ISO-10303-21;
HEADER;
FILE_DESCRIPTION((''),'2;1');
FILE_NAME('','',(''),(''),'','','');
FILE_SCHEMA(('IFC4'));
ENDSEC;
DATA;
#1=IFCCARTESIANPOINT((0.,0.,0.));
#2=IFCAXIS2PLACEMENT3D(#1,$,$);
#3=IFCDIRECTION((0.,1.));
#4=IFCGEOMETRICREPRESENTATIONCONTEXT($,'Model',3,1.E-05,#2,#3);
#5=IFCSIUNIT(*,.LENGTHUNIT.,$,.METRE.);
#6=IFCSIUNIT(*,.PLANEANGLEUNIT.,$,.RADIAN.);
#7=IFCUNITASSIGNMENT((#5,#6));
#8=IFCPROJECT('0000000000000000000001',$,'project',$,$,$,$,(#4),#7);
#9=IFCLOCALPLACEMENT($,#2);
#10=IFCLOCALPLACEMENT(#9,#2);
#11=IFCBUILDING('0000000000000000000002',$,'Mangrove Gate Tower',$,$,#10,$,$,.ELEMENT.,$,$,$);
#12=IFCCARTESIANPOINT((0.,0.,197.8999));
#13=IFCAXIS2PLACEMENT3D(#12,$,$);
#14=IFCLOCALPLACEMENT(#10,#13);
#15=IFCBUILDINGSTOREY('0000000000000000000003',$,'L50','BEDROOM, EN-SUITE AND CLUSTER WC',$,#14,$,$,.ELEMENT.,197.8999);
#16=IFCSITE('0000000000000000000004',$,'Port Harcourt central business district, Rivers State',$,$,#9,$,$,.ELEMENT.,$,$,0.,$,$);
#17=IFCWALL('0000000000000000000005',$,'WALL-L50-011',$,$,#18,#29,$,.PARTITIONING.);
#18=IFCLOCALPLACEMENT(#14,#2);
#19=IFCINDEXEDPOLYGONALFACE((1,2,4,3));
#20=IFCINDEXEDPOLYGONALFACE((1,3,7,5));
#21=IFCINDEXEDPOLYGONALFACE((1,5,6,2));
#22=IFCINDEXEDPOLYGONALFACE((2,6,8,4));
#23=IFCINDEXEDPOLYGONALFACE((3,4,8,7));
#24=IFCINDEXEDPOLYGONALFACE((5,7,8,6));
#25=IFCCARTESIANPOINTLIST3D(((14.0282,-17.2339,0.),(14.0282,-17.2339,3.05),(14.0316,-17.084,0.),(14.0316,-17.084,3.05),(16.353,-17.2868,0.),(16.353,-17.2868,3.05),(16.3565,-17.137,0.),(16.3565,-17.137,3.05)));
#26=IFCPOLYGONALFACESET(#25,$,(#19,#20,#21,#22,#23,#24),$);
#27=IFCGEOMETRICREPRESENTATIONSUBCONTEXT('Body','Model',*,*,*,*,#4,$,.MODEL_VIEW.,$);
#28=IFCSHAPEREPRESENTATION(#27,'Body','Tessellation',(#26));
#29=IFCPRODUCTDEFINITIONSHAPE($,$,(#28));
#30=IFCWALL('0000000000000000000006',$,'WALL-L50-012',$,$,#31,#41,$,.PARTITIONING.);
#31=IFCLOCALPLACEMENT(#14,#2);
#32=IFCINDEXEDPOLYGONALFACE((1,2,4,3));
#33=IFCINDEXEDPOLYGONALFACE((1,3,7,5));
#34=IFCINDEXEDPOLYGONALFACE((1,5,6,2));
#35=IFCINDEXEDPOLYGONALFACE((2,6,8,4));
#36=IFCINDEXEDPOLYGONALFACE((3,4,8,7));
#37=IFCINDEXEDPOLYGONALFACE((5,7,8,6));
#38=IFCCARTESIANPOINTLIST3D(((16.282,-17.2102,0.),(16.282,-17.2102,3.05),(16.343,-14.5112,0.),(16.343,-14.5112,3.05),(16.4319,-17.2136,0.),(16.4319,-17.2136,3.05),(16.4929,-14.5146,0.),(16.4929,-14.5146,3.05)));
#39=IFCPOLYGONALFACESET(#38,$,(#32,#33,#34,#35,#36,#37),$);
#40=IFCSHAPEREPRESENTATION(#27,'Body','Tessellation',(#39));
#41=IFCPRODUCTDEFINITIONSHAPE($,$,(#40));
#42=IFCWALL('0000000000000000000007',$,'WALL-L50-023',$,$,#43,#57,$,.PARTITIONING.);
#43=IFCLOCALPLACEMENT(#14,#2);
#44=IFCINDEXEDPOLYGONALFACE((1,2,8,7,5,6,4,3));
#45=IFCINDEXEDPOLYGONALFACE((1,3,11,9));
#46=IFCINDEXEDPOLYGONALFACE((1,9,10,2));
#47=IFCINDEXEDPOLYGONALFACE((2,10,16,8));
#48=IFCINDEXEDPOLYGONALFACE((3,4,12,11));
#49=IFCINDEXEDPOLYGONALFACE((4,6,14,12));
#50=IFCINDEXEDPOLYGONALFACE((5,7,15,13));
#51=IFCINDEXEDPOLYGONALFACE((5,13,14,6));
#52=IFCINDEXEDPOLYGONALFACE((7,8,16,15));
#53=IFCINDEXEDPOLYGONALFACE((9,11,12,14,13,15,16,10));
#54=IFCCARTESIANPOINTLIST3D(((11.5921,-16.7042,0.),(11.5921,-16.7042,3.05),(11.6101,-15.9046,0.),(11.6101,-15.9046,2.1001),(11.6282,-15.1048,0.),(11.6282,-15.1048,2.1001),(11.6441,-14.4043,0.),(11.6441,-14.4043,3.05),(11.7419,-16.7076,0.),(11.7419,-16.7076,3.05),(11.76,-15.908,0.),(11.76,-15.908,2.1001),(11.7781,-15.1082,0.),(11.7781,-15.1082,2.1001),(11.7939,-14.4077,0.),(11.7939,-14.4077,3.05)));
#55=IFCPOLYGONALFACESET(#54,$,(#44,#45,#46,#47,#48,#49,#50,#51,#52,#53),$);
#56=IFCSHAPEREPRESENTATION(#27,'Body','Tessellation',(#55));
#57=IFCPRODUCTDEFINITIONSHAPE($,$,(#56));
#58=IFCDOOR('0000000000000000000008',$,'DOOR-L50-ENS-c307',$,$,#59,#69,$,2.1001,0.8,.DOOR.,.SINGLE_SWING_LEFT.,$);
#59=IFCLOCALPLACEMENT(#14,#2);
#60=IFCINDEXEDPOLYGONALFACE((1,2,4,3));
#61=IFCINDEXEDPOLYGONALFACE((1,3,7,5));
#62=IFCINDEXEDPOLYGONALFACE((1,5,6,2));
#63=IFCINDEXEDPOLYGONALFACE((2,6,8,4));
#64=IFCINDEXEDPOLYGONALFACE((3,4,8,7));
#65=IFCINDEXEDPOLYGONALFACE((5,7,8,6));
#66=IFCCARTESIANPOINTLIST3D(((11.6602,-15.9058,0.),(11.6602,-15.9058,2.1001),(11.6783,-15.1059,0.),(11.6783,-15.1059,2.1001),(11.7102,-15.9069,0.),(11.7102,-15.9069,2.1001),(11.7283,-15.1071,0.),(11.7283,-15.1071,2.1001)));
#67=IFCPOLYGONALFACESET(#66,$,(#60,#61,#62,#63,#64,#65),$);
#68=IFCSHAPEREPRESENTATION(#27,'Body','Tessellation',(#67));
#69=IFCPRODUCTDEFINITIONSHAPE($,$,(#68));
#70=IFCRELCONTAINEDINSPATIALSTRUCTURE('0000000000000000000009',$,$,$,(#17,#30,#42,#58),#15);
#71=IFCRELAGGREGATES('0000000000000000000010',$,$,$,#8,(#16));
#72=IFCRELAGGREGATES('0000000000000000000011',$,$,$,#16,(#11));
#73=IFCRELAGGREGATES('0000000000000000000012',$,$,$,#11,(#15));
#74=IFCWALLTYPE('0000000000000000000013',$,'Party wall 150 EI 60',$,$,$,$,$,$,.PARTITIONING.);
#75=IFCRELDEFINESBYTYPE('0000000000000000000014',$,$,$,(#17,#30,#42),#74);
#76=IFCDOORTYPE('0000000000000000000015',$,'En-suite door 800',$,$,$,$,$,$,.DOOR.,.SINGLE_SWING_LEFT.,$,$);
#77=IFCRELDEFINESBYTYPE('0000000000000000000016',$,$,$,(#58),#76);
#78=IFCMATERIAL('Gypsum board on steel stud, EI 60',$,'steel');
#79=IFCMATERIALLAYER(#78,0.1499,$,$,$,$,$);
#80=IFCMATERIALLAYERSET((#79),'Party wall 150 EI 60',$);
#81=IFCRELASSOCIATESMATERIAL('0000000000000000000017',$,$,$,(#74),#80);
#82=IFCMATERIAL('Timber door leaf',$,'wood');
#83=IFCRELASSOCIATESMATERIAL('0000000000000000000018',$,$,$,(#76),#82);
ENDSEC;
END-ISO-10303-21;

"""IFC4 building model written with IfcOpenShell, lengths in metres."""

from ifc_helpers import new_model, si_unit, direction, frame, frame_2d, origin, place, context, subcontext, project, spatial, rectangle, extrude, material, layer, layer_set, type_object, element, fill, save


model = new_model("IFC4")

# Units and contexts
model_context = context("Model", 3, precision=1e-05, world=origin(), true_north=direction((0.0, 1.0)))
body_context = subcontext(model_context, "Body", "Model", "MODEL_VIEW")
ifc_project = project(units=[si_unit("LENGTHUNIT", "METRE"), si_unit("PLANEANGLEUNIT", "RADIAN")], contexts=[model_context])

# Site, building, storey
site_placement = place(None, origin())
site = spatial("IfcSite", under=ifc_project, at=site_placement, Name="Port Harcourt central business district, Rivers State", CompositionType="ELEMENT", RefElevation=0.0)
building_placement = place(site_placement, origin())
building = spatial("IfcBuilding", under=site, at=building_placement, Name="Mangrove Gate Tower", CompositionType="ELEMENT")
storey_placement = place(building_placement, frame((0.0, 0.0, 197.8999)))
storey = spatial("IfcBuildingStorey", under=building, at=storey_placement, Name="L50", Description="BEDROOM, EN-SUITE AND CLUSTER WC", CompositionType="ELEMENT", Elevation=197.8999)

# Walls
ifc_material_1 = material(Name="Gypsum board on steel stud, EI 60", Category="steel")
ifc_layer_1 = layer(ifc_material_1, 0.1499)
ifc_layer_set_1 = layer_set([ifc_layer_1], Name="Party wall 150 EI 60")
wall_type_1 = type_object("IfcWallType", Name="Party wall 150 EI 60", PredefinedType="PARTITIONING", material=ifc_layer_set_1)
wall_1_placement = place(storey_placement, frame((14.03, -17.1589, 0.0), z_axis=(0.0, 0.0, 1.0), x_axis=(0.99974, -0.022781, 0.0)))
element("IfcWall", 1, at=wall_1_placement, inside=storey, type_object=wall_type_1, Name="WALL-L50-011", PredefinedType="PARTITIONING", context=body_context, shape_type="SweptSolid", body=[
    extrude(rectangle(XDim=2.3254, YDim=0.1499, at=frame_2d((1.1626, 0.0))), origin(), (0.0, 0.0, 1.0), 3.05),
])
wall_2_placement = place(storey_placement, frame((16.3569, -17.2119, 0.0), z_axis=(0.0, 0.0, 1.0), x_axis=(0.022608, 0.999744, 0.0)))
element("IfcWall", 2, at=wall_2_placement, inside=storey, type_object=wall_type_1, Name="WALL-L50-012", PredefinedType="PARTITIONING", context=body_context, shape_type="SweptSolid", body=[
    extrude(rectangle(XDim=2.6997, YDim=0.1499, at=frame_2d((1.3499, 0.0))), origin(), (0.0, 0.0, 1.0), 3.05),
])

# Wall, opening, door
wall_3_placement = place(storey_placement, frame((11.667, -16.7061, 0.0), z_axis=(0.0, 0.0, 1.0), x_axis=(0.022603, 0.999745, 0.0)))
wall_3 = element("IfcWall", 3, at=wall_3_placement, inside=storey, type_object=wall_type_1, Name="WALL-L50-023", PredefinedType="PARTITIONING", context=body_context, shape_type="SweptSolid", body=[
    extrude(rectangle(XDim=2.3005, YDim=0.1499, at=frame_2d((1.1504, 0.0))), origin(), (0.0, 0.0, 1.0), 3.05),
])
opening_1_placement = place(wall_3_placement, frame((0.8, 0.0, 0.0)))
opening_1 = element("IfcOpeningElement", 4, at=opening_1_placement, cuts=wall_3, PredefinedType="OPENING", context=body_context, shape_type="SweptSolid", body=[
    extrude(rectangle(XDim=0.8, YDim=2.1001, at=frame_2d((0.3999, 1.05))), frame((0.0, 0.085, 0.0), z_axis=(0.0, -1.0, 0.0), x_axis=(1.0, 0.0, 0.0)), (0.0, 0.0, 1.0), 0.1699),
])
ifc_material_2 = material(Name="Timber door leaf", Category="wood")
door_type_1 = type_object("IfcDoorType", Name="En-suite door 800", OperationType="SINGLE_SWING_LEFT", PredefinedType="DOOR", material=ifc_material_2)
door_1_placement = place(opening_1_placement, origin())
door_1 = element("IfcDoor", 5, at=door_1_placement, inside=storey, type_object=door_type_1, Name="DOOR-L50-ENS-c307", OperationType="SINGLE_SWING_LEFT", OverallHeight=2.1001, OverallWidth=0.8, PredefinedType="DOOR", context=body_context, shape_type="SweptSolid", body=[
    extrude(rectangle(XDim=0.8, YDim=2.1001, at=frame_2d((0.3999, 1.05))), frame((0.0, 0.0249, 0.0), z_axis=(0.0, -1.0, 0.0), x_axis=(1.0, 0.0, 0.0)), (0.0, 0.0, 1.0), 0.05),
])
fill(opening_1, door_1)

save(model, "model.ifc")
